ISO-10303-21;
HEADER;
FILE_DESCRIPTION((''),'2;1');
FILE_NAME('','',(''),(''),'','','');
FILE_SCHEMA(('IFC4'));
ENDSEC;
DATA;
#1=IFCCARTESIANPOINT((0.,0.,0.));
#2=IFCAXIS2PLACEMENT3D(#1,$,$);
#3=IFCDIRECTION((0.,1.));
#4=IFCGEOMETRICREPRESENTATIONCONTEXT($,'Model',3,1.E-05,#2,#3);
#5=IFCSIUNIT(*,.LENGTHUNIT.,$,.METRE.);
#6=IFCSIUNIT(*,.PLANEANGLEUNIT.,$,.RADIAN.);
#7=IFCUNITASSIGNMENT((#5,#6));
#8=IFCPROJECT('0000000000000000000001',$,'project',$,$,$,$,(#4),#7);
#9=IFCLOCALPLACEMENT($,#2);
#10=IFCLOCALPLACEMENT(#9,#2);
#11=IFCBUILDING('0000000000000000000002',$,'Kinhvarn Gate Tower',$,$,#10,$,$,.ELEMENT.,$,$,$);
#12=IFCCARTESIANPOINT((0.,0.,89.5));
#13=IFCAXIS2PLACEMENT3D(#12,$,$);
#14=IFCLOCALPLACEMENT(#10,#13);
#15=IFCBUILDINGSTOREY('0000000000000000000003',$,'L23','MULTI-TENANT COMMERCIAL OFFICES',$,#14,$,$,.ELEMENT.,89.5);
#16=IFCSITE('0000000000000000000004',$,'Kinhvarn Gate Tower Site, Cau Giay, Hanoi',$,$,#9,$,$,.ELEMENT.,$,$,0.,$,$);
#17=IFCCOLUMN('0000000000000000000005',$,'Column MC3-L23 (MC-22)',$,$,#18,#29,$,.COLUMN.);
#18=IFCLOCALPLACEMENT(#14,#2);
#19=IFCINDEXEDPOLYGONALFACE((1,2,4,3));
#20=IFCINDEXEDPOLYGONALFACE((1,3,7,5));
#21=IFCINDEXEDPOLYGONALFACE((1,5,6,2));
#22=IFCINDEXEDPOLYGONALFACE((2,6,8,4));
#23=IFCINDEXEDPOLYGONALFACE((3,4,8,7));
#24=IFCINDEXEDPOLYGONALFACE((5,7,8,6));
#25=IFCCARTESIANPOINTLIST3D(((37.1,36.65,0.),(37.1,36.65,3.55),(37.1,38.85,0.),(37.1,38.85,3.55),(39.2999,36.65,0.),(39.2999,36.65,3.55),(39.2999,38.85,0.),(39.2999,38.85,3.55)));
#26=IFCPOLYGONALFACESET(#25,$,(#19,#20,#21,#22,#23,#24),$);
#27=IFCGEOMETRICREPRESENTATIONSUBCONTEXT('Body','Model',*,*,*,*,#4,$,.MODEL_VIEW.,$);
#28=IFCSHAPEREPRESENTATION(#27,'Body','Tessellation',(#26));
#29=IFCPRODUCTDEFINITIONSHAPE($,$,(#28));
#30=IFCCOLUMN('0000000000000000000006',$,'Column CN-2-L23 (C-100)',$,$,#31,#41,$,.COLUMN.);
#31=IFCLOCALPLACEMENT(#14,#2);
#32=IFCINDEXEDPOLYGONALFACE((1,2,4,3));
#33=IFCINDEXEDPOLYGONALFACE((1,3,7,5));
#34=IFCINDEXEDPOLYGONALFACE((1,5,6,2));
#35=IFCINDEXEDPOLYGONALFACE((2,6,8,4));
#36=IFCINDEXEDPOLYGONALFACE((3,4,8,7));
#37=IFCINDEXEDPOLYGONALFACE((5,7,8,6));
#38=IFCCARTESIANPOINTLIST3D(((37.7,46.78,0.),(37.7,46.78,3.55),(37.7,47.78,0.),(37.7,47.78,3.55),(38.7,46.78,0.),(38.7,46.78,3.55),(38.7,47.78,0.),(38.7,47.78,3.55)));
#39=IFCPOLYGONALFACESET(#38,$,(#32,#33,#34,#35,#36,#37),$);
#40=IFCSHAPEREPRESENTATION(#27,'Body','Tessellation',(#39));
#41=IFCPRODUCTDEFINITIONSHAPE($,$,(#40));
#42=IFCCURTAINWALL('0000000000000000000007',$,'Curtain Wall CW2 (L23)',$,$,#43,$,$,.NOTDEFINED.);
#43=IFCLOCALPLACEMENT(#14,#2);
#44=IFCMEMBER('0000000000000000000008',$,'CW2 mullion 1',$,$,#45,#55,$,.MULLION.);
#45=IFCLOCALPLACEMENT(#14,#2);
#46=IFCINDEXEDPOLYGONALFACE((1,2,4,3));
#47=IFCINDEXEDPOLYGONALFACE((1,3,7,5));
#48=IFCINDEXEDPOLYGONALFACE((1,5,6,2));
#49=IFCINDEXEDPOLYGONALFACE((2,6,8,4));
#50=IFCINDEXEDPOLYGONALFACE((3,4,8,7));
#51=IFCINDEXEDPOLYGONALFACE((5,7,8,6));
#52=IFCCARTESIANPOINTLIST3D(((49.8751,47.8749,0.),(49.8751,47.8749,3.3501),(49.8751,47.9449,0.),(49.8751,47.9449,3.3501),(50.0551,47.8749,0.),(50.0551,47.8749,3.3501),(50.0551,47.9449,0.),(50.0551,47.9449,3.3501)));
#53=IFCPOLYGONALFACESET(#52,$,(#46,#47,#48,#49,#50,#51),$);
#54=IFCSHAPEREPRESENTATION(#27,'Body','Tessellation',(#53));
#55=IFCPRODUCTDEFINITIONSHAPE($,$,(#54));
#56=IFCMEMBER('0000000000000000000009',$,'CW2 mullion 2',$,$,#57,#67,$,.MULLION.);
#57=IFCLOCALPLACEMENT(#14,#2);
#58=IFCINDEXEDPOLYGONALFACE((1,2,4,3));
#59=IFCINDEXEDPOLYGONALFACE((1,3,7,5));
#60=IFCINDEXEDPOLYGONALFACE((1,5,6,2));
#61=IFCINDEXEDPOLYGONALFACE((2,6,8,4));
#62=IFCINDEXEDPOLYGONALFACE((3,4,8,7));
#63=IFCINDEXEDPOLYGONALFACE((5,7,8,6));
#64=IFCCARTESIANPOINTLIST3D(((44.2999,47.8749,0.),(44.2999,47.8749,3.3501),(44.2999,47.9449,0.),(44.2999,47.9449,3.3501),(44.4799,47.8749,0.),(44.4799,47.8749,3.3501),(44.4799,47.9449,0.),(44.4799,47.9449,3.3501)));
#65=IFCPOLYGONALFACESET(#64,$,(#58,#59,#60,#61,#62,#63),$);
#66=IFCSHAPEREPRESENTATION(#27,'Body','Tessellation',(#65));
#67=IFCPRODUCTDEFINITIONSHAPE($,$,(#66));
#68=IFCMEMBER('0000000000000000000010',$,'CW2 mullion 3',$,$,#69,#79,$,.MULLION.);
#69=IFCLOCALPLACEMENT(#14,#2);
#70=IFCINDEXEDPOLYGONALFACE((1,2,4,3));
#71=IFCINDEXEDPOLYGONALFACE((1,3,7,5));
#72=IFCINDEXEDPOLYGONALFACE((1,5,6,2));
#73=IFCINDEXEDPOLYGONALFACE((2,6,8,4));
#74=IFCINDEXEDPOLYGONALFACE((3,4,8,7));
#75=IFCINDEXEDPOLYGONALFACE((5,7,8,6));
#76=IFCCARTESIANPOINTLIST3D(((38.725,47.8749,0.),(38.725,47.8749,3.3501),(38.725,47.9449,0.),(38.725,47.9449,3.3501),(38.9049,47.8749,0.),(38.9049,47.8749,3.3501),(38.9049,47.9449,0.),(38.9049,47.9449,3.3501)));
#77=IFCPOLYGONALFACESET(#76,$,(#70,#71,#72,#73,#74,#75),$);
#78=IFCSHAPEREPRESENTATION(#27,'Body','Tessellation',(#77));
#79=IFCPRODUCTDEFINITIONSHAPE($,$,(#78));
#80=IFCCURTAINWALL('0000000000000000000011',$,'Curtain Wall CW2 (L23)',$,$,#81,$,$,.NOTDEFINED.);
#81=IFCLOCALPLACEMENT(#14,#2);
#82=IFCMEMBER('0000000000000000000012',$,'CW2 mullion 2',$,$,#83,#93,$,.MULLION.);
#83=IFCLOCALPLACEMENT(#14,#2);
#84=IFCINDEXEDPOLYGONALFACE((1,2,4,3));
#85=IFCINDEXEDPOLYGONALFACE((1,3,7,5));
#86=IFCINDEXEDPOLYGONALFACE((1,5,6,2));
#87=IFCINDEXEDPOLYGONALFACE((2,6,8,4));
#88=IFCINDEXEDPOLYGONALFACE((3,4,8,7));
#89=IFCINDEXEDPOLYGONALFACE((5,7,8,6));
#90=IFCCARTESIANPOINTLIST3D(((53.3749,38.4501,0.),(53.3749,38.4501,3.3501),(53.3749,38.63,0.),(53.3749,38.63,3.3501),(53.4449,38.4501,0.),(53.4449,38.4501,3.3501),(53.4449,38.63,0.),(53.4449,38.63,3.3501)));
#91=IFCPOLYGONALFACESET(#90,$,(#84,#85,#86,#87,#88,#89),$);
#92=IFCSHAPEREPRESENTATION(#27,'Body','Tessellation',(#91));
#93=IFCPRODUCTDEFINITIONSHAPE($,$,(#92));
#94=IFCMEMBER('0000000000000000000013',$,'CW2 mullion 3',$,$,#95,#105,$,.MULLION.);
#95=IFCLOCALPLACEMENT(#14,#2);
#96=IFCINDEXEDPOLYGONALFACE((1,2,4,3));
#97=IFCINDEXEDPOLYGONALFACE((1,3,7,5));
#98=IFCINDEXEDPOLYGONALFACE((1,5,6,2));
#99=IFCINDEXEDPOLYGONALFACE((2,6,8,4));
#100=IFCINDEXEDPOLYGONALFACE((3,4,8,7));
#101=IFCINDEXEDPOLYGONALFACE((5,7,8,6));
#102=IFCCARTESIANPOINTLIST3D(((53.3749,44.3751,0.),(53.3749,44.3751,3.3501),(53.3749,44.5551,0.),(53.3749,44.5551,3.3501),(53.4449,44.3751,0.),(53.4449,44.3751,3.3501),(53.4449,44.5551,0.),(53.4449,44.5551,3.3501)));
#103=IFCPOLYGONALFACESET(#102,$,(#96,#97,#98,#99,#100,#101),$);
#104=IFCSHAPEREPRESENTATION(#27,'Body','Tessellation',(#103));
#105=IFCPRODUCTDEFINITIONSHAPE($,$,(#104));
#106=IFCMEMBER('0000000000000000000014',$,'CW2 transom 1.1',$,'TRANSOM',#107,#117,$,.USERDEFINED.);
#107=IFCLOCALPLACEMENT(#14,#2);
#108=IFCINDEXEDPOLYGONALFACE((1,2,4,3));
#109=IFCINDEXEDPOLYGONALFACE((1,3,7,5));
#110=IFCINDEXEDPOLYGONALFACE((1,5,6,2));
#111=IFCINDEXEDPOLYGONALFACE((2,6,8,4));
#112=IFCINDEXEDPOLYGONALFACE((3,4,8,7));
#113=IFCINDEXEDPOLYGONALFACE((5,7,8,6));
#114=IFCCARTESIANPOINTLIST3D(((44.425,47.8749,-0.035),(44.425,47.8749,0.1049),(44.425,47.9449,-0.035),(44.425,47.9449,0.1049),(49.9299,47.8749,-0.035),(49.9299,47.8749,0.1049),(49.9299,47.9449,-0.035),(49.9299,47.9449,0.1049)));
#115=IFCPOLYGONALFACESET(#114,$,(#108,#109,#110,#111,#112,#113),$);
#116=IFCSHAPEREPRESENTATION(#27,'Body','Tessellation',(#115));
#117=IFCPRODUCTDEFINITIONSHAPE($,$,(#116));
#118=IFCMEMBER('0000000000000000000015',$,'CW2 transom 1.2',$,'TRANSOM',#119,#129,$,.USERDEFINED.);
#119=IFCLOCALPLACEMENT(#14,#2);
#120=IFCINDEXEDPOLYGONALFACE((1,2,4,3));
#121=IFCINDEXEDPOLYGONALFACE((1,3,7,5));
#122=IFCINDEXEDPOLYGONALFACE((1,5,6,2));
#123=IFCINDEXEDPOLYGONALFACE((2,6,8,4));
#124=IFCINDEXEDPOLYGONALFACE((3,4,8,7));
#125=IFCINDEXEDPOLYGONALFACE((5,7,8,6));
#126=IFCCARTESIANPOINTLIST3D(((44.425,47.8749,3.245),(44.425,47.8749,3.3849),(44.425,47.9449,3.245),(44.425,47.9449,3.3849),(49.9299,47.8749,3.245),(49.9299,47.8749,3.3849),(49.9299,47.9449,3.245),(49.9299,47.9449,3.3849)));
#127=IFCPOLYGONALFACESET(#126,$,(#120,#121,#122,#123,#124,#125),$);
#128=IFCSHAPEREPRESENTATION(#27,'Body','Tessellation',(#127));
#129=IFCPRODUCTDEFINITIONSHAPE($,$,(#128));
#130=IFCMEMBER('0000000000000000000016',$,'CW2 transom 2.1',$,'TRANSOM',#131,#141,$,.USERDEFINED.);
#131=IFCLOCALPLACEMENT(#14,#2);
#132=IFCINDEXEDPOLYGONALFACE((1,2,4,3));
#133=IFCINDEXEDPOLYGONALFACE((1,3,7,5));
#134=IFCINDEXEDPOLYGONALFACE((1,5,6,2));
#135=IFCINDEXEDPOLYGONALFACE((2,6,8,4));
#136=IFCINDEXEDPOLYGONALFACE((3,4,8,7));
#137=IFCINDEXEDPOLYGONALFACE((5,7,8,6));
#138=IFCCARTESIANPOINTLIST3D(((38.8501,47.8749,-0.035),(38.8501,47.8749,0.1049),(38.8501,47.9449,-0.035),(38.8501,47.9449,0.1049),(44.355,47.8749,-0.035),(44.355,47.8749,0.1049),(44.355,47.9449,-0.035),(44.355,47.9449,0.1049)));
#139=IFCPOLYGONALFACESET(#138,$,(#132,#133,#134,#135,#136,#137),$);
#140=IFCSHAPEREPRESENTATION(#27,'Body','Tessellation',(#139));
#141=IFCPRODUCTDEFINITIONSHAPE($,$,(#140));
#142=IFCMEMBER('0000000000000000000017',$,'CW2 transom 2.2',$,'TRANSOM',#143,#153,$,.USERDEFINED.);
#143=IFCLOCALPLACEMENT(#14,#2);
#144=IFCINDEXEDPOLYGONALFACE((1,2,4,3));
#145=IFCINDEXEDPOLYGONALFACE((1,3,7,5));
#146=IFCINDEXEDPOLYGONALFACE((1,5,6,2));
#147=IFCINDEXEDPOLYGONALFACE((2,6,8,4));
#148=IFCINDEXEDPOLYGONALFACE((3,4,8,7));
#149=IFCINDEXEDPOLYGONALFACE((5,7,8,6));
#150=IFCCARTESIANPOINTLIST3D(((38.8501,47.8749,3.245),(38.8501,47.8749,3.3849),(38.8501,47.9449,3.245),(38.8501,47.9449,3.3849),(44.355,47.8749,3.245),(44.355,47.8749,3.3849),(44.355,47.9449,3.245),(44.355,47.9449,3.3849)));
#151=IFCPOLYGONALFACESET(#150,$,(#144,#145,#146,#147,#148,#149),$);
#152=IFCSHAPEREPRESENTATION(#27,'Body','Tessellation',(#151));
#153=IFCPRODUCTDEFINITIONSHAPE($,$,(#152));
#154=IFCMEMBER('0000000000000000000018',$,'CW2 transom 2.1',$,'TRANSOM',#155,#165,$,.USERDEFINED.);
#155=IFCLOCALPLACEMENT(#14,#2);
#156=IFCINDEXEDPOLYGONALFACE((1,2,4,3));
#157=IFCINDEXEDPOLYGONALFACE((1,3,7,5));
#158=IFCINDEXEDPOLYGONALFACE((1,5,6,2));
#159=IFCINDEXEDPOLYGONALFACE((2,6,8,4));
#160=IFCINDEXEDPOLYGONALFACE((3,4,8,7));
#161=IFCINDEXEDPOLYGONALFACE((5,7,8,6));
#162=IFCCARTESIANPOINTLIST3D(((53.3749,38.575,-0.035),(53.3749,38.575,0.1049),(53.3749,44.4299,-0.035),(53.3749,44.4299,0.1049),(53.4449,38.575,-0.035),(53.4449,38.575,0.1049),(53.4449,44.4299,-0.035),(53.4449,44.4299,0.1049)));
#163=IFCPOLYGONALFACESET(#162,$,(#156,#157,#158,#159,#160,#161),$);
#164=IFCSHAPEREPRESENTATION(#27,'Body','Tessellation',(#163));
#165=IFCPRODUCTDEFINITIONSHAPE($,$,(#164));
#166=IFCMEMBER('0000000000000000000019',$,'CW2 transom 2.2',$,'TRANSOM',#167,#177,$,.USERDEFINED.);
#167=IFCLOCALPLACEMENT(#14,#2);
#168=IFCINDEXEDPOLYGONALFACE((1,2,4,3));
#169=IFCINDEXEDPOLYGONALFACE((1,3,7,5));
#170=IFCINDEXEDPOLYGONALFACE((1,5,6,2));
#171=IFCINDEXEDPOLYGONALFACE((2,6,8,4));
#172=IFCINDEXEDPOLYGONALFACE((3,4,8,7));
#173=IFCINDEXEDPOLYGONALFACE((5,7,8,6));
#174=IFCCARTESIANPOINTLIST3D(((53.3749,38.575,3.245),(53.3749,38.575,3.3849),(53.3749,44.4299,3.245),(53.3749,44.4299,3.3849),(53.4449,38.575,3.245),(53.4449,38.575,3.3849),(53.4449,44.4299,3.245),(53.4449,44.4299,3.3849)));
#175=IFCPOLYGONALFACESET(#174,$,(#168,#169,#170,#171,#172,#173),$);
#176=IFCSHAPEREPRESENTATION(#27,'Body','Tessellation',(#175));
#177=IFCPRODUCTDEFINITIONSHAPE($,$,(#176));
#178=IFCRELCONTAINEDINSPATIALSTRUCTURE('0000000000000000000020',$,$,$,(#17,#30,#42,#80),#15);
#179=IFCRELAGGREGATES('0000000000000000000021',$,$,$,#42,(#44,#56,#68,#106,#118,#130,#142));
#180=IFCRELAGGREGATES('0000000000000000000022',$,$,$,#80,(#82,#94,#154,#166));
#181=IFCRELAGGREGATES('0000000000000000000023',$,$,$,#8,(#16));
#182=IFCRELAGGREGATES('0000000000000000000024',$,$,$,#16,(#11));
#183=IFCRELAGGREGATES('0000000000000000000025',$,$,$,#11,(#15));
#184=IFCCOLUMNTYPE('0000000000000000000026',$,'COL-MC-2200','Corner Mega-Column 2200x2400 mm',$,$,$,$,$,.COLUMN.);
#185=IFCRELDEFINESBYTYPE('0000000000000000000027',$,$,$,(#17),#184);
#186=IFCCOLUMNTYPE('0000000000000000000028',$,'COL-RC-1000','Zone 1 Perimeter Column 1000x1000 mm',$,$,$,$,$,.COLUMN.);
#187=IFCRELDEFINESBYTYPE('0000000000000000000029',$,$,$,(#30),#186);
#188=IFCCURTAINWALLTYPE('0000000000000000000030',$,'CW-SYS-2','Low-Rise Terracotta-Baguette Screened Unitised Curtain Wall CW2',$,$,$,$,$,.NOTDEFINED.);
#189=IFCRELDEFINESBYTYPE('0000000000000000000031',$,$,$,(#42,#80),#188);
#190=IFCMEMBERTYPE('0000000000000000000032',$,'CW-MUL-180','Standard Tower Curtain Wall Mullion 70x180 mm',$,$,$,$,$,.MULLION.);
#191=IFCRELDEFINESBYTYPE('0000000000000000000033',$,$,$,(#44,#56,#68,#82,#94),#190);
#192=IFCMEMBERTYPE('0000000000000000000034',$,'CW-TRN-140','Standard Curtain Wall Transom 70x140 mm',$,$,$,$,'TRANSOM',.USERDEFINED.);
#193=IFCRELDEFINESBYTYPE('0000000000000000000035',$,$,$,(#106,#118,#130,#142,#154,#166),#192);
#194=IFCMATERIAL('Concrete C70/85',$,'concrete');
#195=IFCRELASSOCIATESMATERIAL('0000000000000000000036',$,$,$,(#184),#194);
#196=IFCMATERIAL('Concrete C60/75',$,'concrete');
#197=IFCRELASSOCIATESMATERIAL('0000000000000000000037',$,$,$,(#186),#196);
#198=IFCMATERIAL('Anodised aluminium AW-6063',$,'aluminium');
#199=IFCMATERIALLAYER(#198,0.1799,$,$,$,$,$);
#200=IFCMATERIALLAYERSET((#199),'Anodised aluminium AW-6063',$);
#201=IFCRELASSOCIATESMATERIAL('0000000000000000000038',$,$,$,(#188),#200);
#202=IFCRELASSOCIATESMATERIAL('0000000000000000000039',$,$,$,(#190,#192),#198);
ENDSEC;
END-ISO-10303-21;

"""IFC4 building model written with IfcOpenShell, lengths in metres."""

from ifc_helpers import new_model, si_unit, direction, frame, origin, origin_2d, place, context, subcontext, project, spatial, rectangle, extrude, material, layer, layer_set, material_profile, profile_set, type_object, element, aggregate, save


model = new_model("IFC4")

# Units and contexts
model_context = context("Model", 3, precision=1e-05, world=origin(), true_north=direction((0.0, 1.0)))
body_context = subcontext(model_context, "Body", "Model", "MODEL_VIEW")
ifc_project = project(units=[si_unit("LENGTHUNIT", "METRE"), si_unit("PLANEANGLEUNIT", "RADIAN")], contexts=[model_context])

# Site, building, storey
site_placement = place(None, origin())
site = spatial("IfcSite", under=ifc_project, at=site_placement, Name="Kinhvarn Gate Tower Site, Cau Giay, Hanoi", CompositionType="ELEMENT", RefElevation=0.0)
building_placement = place(site_placement, origin())
building = spatial("IfcBuilding", under=site, at=building_placement, Name="Kinhvarn Gate Tower", CompositionType="ELEMENT")
storey_placement = place(building_placement, frame((0.0, 0.0, 89.5)))
storey = spatial("IfcBuildingStorey", under=building, at=storey_placement, Name="L23", Description="MULTI-TENANT COMMERCIAL OFFICES", CompositionType="ELEMENT", Elevation=89.5)

# Columns
ifc_material_1 = material(Name="Concrete C70/85", Category="concrete")
ifc_material_profile_1 = material_profile(ifc_material_1, rectangle(XDim=2.2, YDim=2.2, at=origin_2d()), Name="RC 2200x2200")
ifc_profile_set_1 = profile_set([ifc_material_profile_1], Name="Concrete C70/85")
column_type_1 = type_object("IfcColumnType", Name="COL-MC-2200", Description="Corner Mega-Column 2200x2400 mm", PredefinedType="COLUMN", material=ifc_profile_set_1)
column_1_placement = place(storey_placement, frame((38.2, 37.75, 0.0), z_axis=(0.0, 0.0, 1.0), x_axis=(1.0, 0.0, 0.0)))
element("IfcColumn", 1, at=column_1_placement, inside=storey, type_object=column_type_1, Name="Column MC3-L23 (MC-22)", PredefinedType="COLUMN", context=body_context, shape_type="SweptSolid", body=[
    extrude(rectangle(XDim=2.2, YDim=2.2, at=origin_2d()), origin(), (0.0, 0.0, 1.0), 3.55),
])
ifc_material_2 = material(Name="Concrete C60/75", Category="concrete")
ifc_material_profile_2 = material_profile(ifc_material_2, rectangle(XDim=1.0, YDim=1.0, at=origin_2d()), Name="RC 1000x1000")
ifc_profile_set_2 = profile_set([ifc_material_profile_2], Name="Concrete C60/75")
column_type_2 = type_object("IfcColumnType", Name="COL-RC-1000", Description="Zone 1 Perimeter Column 1000x1000 mm", PredefinedType="COLUMN", material=ifc_profile_set_2)
column_2_placement = place(storey_placement, frame((38.2, 47.28, 0.0), z_axis=(0.0, 0.0, 1.0), x_axis=(1.0, 0.0, 0.0)))
element("IfcColumn", 2, at=column_2_placement, inside=storey, type_object=column_type_2, Name="Column CN-2-L23 (C-100)", PredefinedType="COLUMN", context=body_context, shape_type="SweptSolid", body=[
    extrude(rectangle(XDim=1.0, YDim=1.0, at=origin_2d()), origin(), (0.0, 0.0, 1.0), 3.55),
])

# Curtain walls, members
ifc_material_3 = material(Name="Anodised aluminium AW-6063", Category="aluminium")
ifc_layer_1 = layer(ifc_material_3, 0.1799)
ifc_layer_set_1 = layer_set([ifc_layer_1], Name="Anodised aluminium AW-6063")
curtain_wall_type = type_object("IfcCurtainWallType", Name="CW-SYS-2", Description="Low-Rise Terracotta-Baguette Screened Unitised Curtain Wall CW2", PredefinedType="NOTDEFINED", material=ifc_layer_set_1)
curtain_wall_1_placement = place(storey_placement, origin())
curtain_wall_1 = element("IfcCurtainWall", 3, at=curtain_wall_1_placement, inside=storey, type_object=curtain_wall_type, Name="Curtain Wall CW2 (L23)", PredefinedType="NOTDEFINED")
ifc_material_profile_3 = material_profile(ifc_material_3, rectangle(XDim=0.0701, YDim=0.1799, at=origin_2d()), Name="ALU 70x180")
ifc_profile_set_3 = profile_set([ifc_material_profile_3], Name="Anodised aluminium AW-6063")
member_type_1 = type_object("IfcMemberType", Name="CW-MUL-180", Description="Standard Tower Curtain Wall Mullion 70x180 mm", PredefinedType="MULLION", material=ifc_profile_set_3)
member_1_placement = place(storey_placement, frame((49.9651, 47.9099, 0.0), z_axis=(0.0, 0.0, 1.0), x_axis=(0.0, -1.0, 0.0)))
member_1 = element("IfcMember", 4, at=member_1_placement, type_object=member_type_1, Name="CW2 mullion 1", PredefinedType="MULLION", context=body_context, shape_type="SweptSolid", body=[
    extrude(rectangle(XDim=0.0701, YDim=0.1799, at=origin_2d()), origin(), (0.0, 0.0, 1.0), 3.3501),
])
member_2_placement = place(storey_placement, frame((44.3899, 47.9099, 0.0), z_axis=(0.0, 0.0, 1.0), x_axis=(0.0, -1.0, 0.0)))
member_2 = element("IfcMember", 5, at=member_2_placement, type_object=member_type_1, Name="CW2 mullion 2", PredefinedType="MULLION", context=body_context, shape_type="SweptSolid", body=[
    extrude(rectangle(XDim=0.0701, YDim=0.1799, at=origin_2d()), origin(), (0.0, 0.0, 1.0), 3.3501),
])
member_3_placement = place(storey_placement, frame((38.8149, 47.9099, 0.0), z_axis=(0.0, 0.0, 1.0), x_axis=(0.0, -1.0, 0.0)))
member_3 = element("IfcMember", 6, at=member_3_placement, type_object=member_type_1, Name="CW2 mullion 3", PredefinedType="MULLION", context=body_context, shape_type="SweptSolid", body=[
    extrude(rectangle(XDim=0.0701, YDim=0.1799, at=origin_2d()), origin(), (0.0, 0.0, 1.0), 3.3501),
])
curtain_wall_2_placement = place(storey_placement, origin())
curtain_wall_2 = element("IfcCurtainWall", 7, at=curtain_wall_2_placement, inside=storey, type_object=curtain_wall_type, Name="Curtain Wall CW2 (L23)", PredefinedType="NOTDEFINED")
member_4_placement = place(storey_placement, frame((53.4099, 38.54, 0.0), z_axis=(0.0, 0.0, 1.0), x_axis=(-1.0, 0.0, 0.0)))
member_4 = element("IfcMember", 8, at=member_4_placement, type_object=member_type_1, Name="CW2 mullion 2", PredefinedType="MULLION", context=body_context, shape_type="SweptSolid", body=[
    extrude(rectangle(XDim=0.0701, YDim=0.1799, at=origin_2d()), origin(), (0.0, 0.0, 1.0), 3.3501),
])
member_5_placement = place(storey_placement, frame((53.4099, 44.4651, 0.0), z_axis=(0.0, 0.0, 1.0), x_axis=(-1.0, 0.0, 0.0)))
member_5 = element("IfcMember", 9, at=member_5_placement, type_object=member_type_1, Name="CW2 mullion 3", PredefinedType="MULLION", context=body_context, shape_type="SweptSolid", body=[
    extrude(rectangle(XDim=0.0701, YDim=0.1799, at=origin_2d()), origin(), (0.0, 0.0, 1.0), 3.3501),
])

# Members
ifc_material_profile_4 = material_profile(ifc_material_3, rectangle(XDim=0.0701, YDim=0.1399, at=origin_2d()), Name="ALU 70x140")
ifc_profile_set_4 = profile_set([ifc_material_profile_4], Name="Anodised aluminium AW-6063")
member_type_2 = type_object("IfcMemberType", Name="CW-TRN-140", Description="Standard Curtain Wall Transom 70x140 mm", ElementType="TRANSOM", PredefinedType="USERDEFINED", material=ifc_profile_set_4)
member_6_placement = place(storey_placement, frame((49.9299, 47.9099, 0.0349), z_axis=(-1.0, 0.0, 0.0), x_axis=(0.0, -1.0, 0.0)))
member_6 = element("IfcMember", 10, at=member_6_placement, type_object=member_type_2, Name="CW2 transom 1.1", ObjectType="TRANSOM", PredefinedType="USERDEFINED", context=body_context, shape_type="SweptSolid", body=[
    extrude(rectangle(XDim=0.0701, YDim=0.1399, at=origin_2d()), origin(), (0.0, 0.0, 1.0), 5.5049),
])
member_7_placement = place(storey_placement, frame((49.9299, 47.9099, 3.3149), z_axis=(-1.0, 0.0, 0.0), x_axis=(0.0, -1.0, 0.0)))
member_7 = element("IfcMember", 11, at=member_7_placement, type_object=member_type_2, Name="CW2 transom 1.2", ObjectType="TRANSOM", PredefinedType="USERDEFINED", context=body_context, shape_type="SweptSolid", body=[
    extrude(rectangle(XDim=0.0701, YDim=0.1399, at=origin_2d()), origin(), (0.0, 0.0, 1.0), 5.5049),
])
member_8_placement = place(storey_placement, frame((44.355, 47.9099, 0.0349), z_axis=(-1.0, 0.0, 0.0), x_axis=(0.0, -1.0, 0.0)))
member_8 = element("IfcMember", 12, at=member_8_placement, type_object=member_type_2, Name="CW2 transom 2.1", ObjectType="TRANSOM", PredefinedType="USERDEFINED", context=body_context, shape_type="SweptSolid", body=[
    extrude(rectangle(XDim=0.0701, YDim=0.1399, at=origin_2d()), origin(), (0.0, 0.0, 1.0), 5.5049),
])
member_9_placement = place(storey_placement, frame((44.355, 47.9099, 3.3149), z_axis=(-1.0, 0.0, 0.0), x_axis=(0.0, -1.0, 0.0)))
member_9 = element("IfcMember", 13, at=member_9_placement, type_object=member_type_2, Name="CW2 transom 2.2", ObjectType="TRANSOM", PredefinedType="USERDEFINED", context=body_context, shape_type="SweptSolid", body=[
    extrude(rectangle(XDim=0.0701, YDim=0.1399, at=origin_2d()), origin(), (0.0, 0.0, 1.0), 5.5049),
])
member_10_placement = place(storey_placement, frame((53.4099, 38.575, 0.0349), z_axis=(0.0, 1.0, 0.0), x_axis=(-1.0, 0.0, 0.0)))
member_10 = element("IfcMember", 14, at=member_10_placement, type_object=member_type_2, Name="CW2 transom 2.1", ObjectType="TRANSOM", PredefinedType="USERDEFINED", context=body_context, shape_type="SweptSolid", body=[
    extrude(rectangle(XDim=0.0701, YDim=0.1399, at=origin_2d()), origin(), (0.0, 0.0, 1.0), 5.855),
])
member_11_placement = place(storey_placement, frame((53.4099, 38.575, 3.3149), z_axis=(0.0, 1.0, 0.0), x_axis=(-1.0, 0.0, 0.0)))
member_11 = element("IfcMember", 15, at=member_11_placement, type_object=member_type_2, Name="CW2 transom 2.2", ObjectType="TRANSOM", PredefinedType="USERDEFINED", context=body_context, shape_type="SweptSolid", body=[
    extrude(rectangle(XDim=0.0701, YDim=0.1399, at=origin_2d()), origin(), (0.0, 0.0, 1.0), 5.855),
])

aggregate(curtain_wall_1, [member_1, member_2, member_3, member_6, member_7, member_8, member_9])
aggregate(curtain_wall_2, [member_4, member_5, member_10, member_11])

save(model, "model.ifc")
